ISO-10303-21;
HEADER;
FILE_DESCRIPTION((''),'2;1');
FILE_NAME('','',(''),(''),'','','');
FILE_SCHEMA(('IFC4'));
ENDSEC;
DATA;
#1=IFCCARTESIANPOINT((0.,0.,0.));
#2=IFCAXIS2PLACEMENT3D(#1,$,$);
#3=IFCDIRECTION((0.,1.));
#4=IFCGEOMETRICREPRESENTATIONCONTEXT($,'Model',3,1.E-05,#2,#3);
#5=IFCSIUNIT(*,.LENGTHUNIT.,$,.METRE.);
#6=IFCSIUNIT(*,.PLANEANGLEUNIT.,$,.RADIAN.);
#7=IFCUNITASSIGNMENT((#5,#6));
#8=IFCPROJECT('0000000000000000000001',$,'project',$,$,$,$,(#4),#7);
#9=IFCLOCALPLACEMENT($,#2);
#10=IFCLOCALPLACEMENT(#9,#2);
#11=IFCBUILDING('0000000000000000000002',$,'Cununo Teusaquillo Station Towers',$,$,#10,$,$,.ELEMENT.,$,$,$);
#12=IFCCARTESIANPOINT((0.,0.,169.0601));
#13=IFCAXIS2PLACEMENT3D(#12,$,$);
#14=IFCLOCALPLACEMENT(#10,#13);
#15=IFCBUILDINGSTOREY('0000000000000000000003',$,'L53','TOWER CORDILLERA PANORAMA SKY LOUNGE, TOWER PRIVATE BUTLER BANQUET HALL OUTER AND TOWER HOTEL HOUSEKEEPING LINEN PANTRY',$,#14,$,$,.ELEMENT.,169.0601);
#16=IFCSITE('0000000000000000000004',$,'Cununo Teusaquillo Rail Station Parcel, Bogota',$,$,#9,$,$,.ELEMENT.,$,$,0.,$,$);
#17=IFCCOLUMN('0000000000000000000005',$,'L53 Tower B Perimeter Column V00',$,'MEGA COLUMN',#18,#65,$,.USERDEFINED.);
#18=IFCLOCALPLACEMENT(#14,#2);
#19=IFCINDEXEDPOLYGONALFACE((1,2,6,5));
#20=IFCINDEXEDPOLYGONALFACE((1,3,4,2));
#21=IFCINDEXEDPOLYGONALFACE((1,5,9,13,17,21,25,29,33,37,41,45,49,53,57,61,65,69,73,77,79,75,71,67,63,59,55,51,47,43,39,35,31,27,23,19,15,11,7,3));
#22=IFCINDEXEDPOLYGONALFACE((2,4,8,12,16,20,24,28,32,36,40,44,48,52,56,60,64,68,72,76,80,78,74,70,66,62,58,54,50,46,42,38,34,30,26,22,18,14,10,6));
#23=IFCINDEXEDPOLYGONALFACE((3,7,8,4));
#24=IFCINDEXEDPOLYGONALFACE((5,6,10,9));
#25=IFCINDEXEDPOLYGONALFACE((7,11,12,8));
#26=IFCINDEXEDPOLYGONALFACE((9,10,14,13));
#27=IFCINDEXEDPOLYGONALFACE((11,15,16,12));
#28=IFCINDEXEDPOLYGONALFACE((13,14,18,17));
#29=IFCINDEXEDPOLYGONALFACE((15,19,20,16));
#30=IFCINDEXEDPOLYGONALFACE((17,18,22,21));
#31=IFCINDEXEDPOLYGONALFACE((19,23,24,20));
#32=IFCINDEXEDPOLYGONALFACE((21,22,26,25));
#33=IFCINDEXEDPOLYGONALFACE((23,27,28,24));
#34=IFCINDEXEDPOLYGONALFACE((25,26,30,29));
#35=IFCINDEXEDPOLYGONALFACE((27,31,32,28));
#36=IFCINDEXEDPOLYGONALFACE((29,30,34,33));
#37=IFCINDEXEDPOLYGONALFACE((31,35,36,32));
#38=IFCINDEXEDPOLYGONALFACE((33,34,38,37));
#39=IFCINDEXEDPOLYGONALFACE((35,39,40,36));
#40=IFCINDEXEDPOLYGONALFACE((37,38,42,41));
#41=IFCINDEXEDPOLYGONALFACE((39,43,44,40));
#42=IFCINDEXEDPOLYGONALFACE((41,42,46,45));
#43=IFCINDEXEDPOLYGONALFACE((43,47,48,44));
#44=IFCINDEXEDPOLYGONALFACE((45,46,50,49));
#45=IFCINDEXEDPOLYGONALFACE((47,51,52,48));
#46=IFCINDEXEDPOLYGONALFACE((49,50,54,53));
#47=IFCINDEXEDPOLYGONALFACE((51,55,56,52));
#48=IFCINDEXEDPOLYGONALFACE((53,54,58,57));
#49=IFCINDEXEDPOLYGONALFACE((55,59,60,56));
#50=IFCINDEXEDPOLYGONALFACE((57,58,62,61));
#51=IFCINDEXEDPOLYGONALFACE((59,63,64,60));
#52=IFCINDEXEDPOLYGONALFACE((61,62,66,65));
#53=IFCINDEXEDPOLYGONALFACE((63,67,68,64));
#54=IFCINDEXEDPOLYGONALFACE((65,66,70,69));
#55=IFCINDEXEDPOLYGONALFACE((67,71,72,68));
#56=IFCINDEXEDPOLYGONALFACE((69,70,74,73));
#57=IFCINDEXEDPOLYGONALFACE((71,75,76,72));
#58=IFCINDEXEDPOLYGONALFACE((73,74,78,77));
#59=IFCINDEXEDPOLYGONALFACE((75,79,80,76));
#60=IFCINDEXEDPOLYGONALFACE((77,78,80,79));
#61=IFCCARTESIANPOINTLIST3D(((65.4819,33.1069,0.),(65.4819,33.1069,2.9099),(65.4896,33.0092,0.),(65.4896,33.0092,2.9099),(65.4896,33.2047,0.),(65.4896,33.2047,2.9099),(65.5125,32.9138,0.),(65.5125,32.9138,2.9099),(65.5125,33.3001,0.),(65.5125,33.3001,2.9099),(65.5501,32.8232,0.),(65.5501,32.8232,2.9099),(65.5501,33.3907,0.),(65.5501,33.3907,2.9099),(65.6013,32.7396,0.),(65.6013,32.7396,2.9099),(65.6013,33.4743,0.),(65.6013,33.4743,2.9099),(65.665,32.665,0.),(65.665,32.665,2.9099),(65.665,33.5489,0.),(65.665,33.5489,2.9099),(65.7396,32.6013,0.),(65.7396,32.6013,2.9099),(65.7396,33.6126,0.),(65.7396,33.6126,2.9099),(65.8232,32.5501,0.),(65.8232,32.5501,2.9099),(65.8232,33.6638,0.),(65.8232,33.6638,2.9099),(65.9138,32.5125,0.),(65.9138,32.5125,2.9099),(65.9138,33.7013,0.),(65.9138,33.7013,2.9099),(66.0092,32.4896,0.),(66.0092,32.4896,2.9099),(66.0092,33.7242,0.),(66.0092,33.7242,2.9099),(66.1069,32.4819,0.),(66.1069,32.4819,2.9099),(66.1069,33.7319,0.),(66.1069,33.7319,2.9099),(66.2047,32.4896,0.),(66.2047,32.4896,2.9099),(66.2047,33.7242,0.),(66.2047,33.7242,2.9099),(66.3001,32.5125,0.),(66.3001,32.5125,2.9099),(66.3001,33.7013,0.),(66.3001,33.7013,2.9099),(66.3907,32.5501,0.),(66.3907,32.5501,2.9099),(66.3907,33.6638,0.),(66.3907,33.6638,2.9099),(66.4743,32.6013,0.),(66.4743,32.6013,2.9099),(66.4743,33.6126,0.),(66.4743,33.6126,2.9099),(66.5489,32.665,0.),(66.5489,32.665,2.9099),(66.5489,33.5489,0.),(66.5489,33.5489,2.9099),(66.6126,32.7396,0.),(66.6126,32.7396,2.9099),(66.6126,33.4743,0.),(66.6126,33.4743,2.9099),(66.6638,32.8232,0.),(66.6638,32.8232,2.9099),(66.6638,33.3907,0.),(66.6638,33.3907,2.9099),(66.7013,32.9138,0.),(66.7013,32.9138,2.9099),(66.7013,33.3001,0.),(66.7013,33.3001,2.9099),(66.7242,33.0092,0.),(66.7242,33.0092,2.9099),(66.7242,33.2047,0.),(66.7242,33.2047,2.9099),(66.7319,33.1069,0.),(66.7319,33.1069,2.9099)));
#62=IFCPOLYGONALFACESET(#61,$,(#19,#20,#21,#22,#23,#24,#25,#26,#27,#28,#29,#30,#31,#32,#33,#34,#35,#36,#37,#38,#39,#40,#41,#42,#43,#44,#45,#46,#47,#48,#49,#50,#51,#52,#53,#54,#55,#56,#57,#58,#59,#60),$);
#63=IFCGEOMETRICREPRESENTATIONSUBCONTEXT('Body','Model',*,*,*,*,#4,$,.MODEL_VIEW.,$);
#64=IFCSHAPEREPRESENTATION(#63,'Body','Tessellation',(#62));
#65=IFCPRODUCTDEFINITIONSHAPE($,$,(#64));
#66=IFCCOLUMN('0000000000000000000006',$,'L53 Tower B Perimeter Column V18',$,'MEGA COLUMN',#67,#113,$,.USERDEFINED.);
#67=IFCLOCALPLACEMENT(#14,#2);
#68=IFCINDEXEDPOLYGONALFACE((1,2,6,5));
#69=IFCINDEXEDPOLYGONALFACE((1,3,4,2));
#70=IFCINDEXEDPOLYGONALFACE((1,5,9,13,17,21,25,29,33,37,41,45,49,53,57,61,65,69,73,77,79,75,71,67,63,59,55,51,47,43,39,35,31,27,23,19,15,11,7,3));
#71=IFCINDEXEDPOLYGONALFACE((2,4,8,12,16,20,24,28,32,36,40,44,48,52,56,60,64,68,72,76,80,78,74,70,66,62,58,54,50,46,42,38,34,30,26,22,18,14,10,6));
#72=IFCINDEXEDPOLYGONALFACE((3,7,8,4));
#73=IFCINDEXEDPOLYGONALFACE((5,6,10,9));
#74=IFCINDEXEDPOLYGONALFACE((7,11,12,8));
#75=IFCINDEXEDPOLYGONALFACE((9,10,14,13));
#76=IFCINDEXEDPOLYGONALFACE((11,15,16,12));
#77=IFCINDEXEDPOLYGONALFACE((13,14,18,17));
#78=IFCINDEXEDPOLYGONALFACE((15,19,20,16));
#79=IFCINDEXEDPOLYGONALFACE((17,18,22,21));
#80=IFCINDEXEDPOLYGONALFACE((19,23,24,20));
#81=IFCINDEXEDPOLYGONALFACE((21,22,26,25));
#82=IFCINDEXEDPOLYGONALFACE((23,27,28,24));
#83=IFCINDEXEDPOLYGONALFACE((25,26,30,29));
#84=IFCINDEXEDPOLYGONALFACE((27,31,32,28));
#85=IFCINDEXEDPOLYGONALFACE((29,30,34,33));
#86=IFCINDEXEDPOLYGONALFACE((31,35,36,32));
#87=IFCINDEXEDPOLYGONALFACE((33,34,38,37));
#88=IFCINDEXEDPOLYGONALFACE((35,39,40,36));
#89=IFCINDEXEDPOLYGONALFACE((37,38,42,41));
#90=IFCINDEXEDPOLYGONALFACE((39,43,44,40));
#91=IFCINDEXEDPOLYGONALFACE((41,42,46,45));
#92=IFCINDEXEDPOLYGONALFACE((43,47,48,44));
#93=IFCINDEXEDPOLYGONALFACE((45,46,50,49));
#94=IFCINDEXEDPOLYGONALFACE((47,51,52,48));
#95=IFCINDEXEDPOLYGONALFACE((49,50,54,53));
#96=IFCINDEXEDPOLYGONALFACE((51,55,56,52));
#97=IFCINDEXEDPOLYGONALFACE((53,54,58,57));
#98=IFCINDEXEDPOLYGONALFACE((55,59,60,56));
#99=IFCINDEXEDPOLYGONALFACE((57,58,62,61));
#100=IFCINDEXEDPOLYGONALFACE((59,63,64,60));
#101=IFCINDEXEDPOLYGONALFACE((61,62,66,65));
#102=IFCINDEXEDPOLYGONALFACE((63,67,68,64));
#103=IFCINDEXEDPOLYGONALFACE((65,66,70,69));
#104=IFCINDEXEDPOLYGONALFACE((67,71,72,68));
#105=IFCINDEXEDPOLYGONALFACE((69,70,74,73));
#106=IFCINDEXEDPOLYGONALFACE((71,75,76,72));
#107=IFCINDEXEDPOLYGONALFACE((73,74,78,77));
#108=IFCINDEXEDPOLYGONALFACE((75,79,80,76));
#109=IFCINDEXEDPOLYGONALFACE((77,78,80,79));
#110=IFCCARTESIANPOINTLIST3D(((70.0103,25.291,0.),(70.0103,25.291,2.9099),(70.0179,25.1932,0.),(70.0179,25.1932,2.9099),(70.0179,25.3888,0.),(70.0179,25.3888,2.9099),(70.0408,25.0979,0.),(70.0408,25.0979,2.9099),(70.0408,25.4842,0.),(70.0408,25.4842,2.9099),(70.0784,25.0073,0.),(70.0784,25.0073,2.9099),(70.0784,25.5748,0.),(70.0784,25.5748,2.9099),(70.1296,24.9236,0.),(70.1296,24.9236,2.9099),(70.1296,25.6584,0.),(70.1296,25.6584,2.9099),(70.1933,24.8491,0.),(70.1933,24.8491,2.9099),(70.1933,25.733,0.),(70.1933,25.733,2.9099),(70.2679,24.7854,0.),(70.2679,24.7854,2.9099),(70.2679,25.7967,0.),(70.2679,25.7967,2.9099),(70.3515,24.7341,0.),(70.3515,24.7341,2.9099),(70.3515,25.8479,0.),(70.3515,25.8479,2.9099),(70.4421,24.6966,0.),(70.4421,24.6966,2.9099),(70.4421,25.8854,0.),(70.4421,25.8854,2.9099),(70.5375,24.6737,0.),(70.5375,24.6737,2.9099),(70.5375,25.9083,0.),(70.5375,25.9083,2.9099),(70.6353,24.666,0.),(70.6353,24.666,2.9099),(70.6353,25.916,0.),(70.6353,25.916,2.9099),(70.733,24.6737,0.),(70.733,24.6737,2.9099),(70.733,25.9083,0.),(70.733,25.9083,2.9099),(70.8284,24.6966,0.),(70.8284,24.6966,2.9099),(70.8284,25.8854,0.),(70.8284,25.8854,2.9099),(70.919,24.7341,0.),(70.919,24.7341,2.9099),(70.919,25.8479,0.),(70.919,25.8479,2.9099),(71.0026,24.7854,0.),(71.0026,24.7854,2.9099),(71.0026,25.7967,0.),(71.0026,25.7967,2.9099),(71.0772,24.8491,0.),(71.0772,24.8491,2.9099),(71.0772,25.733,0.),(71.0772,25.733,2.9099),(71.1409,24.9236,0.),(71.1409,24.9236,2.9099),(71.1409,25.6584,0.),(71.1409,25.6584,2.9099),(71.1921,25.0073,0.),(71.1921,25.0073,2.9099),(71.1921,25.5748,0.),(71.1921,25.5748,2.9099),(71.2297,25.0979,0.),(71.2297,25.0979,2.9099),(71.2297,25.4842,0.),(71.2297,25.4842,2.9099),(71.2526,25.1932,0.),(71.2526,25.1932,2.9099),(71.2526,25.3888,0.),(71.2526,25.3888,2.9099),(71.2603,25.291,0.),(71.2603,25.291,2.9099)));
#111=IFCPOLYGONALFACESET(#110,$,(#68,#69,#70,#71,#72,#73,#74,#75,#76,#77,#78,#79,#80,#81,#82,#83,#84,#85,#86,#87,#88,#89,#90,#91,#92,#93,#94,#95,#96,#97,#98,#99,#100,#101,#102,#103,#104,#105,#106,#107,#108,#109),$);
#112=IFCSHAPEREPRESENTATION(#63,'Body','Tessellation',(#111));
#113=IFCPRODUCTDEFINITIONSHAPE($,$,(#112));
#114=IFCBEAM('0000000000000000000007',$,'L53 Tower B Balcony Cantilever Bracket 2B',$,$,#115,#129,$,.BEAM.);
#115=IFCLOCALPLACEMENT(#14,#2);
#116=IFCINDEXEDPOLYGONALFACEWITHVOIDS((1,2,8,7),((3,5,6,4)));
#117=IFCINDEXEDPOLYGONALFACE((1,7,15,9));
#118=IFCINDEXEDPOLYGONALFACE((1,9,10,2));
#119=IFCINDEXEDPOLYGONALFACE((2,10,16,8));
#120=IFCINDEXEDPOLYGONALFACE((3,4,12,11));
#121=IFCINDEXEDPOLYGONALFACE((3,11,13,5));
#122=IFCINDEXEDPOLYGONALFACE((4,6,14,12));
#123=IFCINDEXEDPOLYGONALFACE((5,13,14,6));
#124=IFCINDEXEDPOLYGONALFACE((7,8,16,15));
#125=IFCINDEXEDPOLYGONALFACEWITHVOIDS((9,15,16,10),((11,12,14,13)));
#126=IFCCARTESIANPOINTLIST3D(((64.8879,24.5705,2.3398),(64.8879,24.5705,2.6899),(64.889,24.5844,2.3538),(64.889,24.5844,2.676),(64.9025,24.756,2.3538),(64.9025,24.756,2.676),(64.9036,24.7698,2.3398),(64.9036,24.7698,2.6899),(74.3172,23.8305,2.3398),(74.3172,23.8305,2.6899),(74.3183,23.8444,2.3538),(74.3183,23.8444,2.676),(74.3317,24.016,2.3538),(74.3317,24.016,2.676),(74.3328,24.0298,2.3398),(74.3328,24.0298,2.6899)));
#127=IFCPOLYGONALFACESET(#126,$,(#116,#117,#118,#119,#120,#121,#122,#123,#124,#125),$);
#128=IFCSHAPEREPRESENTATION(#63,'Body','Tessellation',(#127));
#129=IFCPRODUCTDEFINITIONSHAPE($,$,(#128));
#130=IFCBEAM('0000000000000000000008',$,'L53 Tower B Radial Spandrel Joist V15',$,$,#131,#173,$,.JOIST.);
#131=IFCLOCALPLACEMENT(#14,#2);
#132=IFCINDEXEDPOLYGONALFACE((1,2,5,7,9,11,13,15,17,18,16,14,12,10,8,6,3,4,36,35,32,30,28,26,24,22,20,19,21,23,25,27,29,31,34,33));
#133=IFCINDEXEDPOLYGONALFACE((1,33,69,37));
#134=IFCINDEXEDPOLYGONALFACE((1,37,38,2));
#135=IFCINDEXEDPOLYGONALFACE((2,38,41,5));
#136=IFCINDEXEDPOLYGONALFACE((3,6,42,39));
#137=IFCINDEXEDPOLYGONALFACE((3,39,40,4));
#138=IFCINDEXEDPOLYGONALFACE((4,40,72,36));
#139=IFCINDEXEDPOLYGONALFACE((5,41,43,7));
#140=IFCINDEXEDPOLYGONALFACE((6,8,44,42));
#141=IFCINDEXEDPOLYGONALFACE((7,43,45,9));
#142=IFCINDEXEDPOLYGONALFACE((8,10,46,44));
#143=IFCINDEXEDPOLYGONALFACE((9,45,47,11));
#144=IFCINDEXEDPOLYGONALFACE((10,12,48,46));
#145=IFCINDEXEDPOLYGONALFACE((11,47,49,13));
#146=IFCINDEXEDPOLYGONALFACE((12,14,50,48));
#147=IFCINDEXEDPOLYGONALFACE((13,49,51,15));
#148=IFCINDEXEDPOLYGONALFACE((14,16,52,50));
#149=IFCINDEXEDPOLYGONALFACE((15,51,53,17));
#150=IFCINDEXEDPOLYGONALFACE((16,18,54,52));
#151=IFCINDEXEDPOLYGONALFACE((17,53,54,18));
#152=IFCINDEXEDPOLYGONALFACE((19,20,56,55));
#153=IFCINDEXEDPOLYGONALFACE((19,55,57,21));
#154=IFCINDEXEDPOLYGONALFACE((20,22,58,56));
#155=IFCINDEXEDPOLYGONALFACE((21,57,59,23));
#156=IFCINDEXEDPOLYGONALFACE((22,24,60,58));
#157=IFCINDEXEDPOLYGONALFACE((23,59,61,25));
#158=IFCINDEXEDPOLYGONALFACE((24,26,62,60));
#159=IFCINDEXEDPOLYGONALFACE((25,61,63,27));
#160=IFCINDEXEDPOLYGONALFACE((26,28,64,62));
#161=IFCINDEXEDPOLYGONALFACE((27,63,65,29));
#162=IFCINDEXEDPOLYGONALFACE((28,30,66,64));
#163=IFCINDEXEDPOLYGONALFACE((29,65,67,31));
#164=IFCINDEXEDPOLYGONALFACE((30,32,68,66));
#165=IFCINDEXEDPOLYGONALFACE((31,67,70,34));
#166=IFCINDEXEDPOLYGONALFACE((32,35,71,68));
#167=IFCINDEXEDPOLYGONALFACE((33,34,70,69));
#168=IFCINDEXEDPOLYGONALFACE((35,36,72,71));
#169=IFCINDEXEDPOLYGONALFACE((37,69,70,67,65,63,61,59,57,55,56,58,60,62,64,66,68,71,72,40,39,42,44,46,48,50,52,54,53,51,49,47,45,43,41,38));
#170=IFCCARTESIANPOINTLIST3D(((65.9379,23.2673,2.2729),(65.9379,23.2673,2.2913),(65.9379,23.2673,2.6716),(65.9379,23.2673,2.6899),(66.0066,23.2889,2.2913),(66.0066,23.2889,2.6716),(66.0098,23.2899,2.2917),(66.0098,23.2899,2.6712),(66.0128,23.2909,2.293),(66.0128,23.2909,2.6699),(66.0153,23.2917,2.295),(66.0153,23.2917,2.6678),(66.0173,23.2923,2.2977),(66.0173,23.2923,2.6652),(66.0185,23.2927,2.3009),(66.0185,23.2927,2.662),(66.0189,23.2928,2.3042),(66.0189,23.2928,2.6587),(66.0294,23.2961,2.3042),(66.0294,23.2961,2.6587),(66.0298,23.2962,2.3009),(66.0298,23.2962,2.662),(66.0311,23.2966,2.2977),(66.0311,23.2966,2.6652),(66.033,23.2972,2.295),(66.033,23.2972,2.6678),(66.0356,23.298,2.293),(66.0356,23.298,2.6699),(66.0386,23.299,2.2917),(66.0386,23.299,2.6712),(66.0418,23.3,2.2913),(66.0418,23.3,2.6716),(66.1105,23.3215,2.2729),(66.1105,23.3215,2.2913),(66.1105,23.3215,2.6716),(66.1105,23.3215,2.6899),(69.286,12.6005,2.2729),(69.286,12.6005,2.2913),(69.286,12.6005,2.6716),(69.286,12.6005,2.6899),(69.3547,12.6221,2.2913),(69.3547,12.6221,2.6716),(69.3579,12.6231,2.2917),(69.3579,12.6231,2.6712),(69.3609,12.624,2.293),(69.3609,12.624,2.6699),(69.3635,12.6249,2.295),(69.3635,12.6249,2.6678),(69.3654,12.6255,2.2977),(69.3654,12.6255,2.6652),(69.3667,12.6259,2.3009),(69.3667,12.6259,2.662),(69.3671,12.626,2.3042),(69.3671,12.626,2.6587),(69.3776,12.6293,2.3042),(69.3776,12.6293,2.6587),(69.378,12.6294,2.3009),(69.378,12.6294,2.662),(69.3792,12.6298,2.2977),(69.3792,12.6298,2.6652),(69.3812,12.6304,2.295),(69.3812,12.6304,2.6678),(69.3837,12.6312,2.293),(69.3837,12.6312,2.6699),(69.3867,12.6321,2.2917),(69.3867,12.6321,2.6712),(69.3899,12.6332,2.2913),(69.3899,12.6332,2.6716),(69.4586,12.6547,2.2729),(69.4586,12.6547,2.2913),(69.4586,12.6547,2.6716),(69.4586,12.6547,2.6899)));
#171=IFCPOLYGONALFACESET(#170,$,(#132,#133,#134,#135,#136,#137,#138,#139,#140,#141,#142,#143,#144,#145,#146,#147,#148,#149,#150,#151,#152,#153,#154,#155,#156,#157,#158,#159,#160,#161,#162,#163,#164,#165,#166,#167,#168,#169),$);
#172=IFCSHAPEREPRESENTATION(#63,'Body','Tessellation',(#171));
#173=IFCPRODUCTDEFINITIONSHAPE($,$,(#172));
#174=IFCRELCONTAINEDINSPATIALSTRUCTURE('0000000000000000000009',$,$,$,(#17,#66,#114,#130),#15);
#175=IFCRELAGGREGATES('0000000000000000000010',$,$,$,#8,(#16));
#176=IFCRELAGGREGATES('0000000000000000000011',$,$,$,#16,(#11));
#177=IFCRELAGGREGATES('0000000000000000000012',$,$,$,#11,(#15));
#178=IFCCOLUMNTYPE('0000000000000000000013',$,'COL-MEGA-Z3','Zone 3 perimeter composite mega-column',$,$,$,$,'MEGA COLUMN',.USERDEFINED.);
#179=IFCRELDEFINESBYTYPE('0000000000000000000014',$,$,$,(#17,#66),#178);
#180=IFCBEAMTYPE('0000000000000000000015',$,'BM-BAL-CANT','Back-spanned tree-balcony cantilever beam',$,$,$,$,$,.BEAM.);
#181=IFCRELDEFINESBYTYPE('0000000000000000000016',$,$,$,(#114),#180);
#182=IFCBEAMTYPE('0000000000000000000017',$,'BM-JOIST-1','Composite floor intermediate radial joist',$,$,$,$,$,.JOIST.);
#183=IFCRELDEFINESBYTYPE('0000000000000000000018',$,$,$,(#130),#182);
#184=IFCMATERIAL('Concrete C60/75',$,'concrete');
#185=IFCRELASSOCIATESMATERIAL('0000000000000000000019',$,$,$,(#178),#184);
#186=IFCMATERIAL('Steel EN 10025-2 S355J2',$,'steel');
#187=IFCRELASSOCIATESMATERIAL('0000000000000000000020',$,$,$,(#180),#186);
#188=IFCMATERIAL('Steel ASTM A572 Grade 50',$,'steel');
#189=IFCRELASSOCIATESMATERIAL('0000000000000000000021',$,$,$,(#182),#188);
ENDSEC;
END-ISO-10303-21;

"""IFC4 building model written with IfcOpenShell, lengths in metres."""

from ifc_helpers import new_model, si_unit, direction, frame, origin, origin_2d, place, context, subcontext, project, spatial, hollow_rectangle, circle, i_section, extrude, material, material_profile, profile_set, type_object, element, save


model = new_model("IFC4")

# Units and contexts
model_context = context("Model", 3, precision=1e-05, world=origin(), true_north=direction((0.0, 1.0)))
body_context = subcontext(model_context, "Body", "Model", "MODEL_VIEW")
ifc_project = project(units=[si_unit("LENGTHUNIT", "METRE"), si_unit("PLANEANGLEUNIT", "RADIAN")], contexts=[model_context])

# Site, building, storey
site_placement = place(None, origin())
site = spatial("IfcSite", under=ifc_project, at=site_placement, Name="Cununo Teusaquillo Rail Station Parcel, Bogota", CompositionType="ELEMENT", RefElevation=0.0)
building_placement = place(site_placement, origin())
building = spatial("IfcBuilding", under=site, at=building_placement, Name="Cununo Teusaquillo Station Towers", CompositionType="ELEMENT")
storey_placement = place(building_placement, frame((0.0, 0.0, 169.0601)))
storey = spatial("IfcBuildingStorey", under=building, at=storey_placement, Name="L53", Description="TOWER CORDILLERA PANORAMA SKY LOUNGE, TOWER PRIVATE BUTLER BANQUET HALL OUTER AND TOWER HOTEL HOUSEKEEPING LINEN PANTRY", CompositionType="ELEMENT", Elevation=169.0601)

# Columns
ifc_material_1 = material(Name="Concrete C60/75", Category="concrete")
ifc_material_profile_1 = material_profile(ifc_material_1, circle(Radius=0.625, at=origin_2d()), Name="RC-CIRC-1250")
ifc_profile_set_1 = profile_set([ifc_material_profile_1], Name="Concrete C60/75")
column_type = type_object("IfcColumnType", Name="COL-MEGA-Z3", Description="Zone 3 perimeter composite mega-column", ElementType="MEGA COLUMN", PredefinedType="USERDEFINED", material=ifc_profile_set_1)
for number, where, z_axis, x_axis, name in (
    (1, (66.1069, 33.1069, 0.0), (0.0, 0.0, 1.0), (1.0, 0.0, 0.0), "L53 Tower B Perimeter Column V00"),
    (2, (70.6353, 25.291, 0.0), (0.0, 0.0, 1.0), (1.0, 0.0, 0.0), "L53 Tower B Perimeter Column V18"),
):
    element("IfcColumn", number, at=place(storey_placement, frame(where, z_axis=z_axis, x_axis=x_axis)), inside=storey, type_object=column_type, Name=name, ObjectType="MEGA COLUMN", PredefinedType="USERDEFINED", context=body_context, shape_type="SweptSolid", body=[
        extrude(circle(Radius=0.625, at=origin_2d()), origin(), (0.0, 0.0, 1.0), 2.9099),
    ])

# Beams
ifc_material_2 = material(Name="Steel EN 10025-2 S355J2", Category="steel")
ifc_material_profile_2 = material_profile(ifc_material_2, hollow_rectangle(XDim=0.2, YDim=0.3501, WallThickness=0.0139, at=origin_2d()), Name="RHS 350x200x14")
ifc_profile_set_2 = profile_set([ifc_material_profile_2], Name="Steel EN 10025-2 S355J2")
beam_type_1 = type_object("IfcBeamType", Name="BM-BAL-CANT", Description="Back-spanned tree-balcony cantilever beam", PredefinedType="BEAM", material=ifc_profile_set_2)
beam_1_placement = place(storey_placement, frame((64.8958, 24.6702, 2.5149), z_axis=(0.996935, -0.078238, 0.0), x_axis=(0.078238, 0.996935, 0.0)))
element("IfcBeam", 3, at=beam_1_placement, inside=storey, type_object=beam_type_1, Name="L53 Tower B Balcony Cantilever Bracket 2B", PredefinedType="BEAM", context=body_context, shape_type="SweptSolid", body=[
    extrude(hollow_rectangle(XDim=0.2, YDim=0.3501, WallThickness=0.0139, at=origin_2d()), origin(), (0.0, 0.0, 1.0), 9.4583),
])
ifc_material_3 = material(Name="Steel ASTM A572 Grade 50", Category="steel")
ifc_material_profile_3 = material_profile(ifc_material_3, i_section(OverallWidth=0.1809, OverallDepth=0.417, WebThickness=0.011, FlangeThickness=0.0183, FilletRadius=0.0129, at=origin_2d()), Name="W16X57")
ifc_profile_set_3 = profile_set([ifc_material_profile_3], Name="Steel ASTM A572 Grade 50")
beam_type_2 = type_object("IfcBeamType", Name="BM-JOIST-1", Description="Composite floor intermediate radial joist", PredefinedType="JOIST", material=ifc_profile_set_3)
beam_2_placement = place(storey_placement, frame((66.0242, 23.2944, 2.4814), z_axis=(0.29948, -0.954103, 0.0), x_axis=(0.954103, 0.29948, 0.0)))
element("IfcBeam", 4, at=beam_2_placement, inside=storey, type_object=beam_type_2, Name="L53 Tower B Radial Spandrel Joist V15", PredefinedType="JOIST", context=body_context, shape_type="SweptSolid", body=[
    extrude(i_section(OverallWidth=0.1809, OverallDepth=0.417, WebThickness=0.011, FlangeThickness=0.0183, FilletRadius=0.0129, at=origin_2d()), origin(), (0.0, 0.0, 1.0), 11.1799),
])

save(model, "model.ifc")
